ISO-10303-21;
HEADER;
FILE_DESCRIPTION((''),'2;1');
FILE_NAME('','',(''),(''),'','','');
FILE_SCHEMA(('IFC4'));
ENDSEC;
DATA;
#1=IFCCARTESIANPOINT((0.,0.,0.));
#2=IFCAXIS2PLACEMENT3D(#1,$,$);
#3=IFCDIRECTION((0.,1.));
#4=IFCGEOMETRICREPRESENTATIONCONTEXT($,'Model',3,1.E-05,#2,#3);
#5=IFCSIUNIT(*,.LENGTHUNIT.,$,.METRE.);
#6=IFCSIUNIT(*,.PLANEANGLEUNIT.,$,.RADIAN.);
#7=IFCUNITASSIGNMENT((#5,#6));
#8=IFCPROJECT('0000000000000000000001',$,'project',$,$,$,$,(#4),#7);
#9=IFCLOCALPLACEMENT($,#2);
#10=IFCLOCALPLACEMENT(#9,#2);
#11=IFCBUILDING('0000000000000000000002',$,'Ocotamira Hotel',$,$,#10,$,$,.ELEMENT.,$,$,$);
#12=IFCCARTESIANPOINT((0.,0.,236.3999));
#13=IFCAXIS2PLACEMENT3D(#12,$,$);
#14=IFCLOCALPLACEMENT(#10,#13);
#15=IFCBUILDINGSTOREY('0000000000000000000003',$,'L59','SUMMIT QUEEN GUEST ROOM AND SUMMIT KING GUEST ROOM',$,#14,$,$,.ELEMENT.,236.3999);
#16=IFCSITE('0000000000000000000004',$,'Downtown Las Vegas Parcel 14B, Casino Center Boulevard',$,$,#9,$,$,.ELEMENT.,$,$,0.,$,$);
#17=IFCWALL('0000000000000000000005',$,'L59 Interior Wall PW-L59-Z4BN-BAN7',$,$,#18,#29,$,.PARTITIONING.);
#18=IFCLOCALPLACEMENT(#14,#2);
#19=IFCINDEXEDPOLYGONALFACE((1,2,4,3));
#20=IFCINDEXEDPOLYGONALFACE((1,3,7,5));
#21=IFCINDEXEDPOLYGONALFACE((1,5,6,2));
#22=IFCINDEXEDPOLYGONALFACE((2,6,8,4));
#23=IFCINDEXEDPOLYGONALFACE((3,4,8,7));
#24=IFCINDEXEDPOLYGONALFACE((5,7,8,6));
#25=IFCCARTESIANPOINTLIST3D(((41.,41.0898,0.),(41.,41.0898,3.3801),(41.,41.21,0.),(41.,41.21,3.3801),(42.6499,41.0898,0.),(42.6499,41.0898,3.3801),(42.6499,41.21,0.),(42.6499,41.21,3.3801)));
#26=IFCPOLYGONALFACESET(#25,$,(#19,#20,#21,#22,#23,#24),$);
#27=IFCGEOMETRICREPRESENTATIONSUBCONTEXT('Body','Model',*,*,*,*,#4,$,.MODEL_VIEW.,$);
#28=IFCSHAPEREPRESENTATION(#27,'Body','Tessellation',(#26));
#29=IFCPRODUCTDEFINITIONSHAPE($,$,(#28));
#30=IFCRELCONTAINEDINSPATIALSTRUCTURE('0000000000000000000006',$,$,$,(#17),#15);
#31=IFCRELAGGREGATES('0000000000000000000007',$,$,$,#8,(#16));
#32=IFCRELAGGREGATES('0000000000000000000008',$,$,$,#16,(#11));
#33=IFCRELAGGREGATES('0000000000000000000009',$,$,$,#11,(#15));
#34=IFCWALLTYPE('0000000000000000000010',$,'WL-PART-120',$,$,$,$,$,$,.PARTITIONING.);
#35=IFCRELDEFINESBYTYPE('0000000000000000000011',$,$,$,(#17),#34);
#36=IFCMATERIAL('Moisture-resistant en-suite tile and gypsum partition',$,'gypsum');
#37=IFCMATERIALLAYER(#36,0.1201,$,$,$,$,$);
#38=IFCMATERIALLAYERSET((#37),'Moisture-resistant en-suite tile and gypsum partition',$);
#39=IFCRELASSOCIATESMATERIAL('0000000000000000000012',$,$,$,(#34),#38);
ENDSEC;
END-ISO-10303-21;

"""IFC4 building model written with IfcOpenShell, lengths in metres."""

from ifc_helpers import new_model, si_unit, direction, frame, frame_2d, origin, place, context, subcontext, project, spatial, rectangle, extrude, material, layer, layer_set, type_object, element, save


model = new_model("IFC4")

# Units and contexts
model_context = context("Model", 3, precision=1e-05, world=origin(), true_north=direction((0.0, 1.0)))
body_context = subcontext(model_context, "Body", "Model", "MODEL_VIEW")
ifc_project = project(units=[si_unit("LENGTHUNIT", "METRE"), si_unit("PLANEANGLEUNIT", "RADIAN")], contexts=[model_context])

# Site, building, storey
site_placement = place(None, origin())
site = spatial("IfcSite", under=ifc_project, at=site_placement, Name="Downtown Las Vegas Parcel 14B, Casino Center Boulevard", CompositionType="ELEMENT", RefElevation=0.0)
building_placement = place(site_placement, origin())
building = spatial("IfcBuilding", under=site, at=building_placement, Name="Ocotamira Hotel", CompositionType="ELEMENT")
storey_placement = place(building_placement, frame((0.0, 0.0, 236.3999)))
storey = spatial("IfcBuildingStorey", under=building, at=storey_placement, Name="L59", Description="SUMMIT QUEEN GUEST ROOM AND SUMMIT KING GUEST ROOM", CompositionType="ELEMENT", Elevation=236.3999)

# Wall
ifc_material_1 = material(Name="Moisture-resistant en-suite tile and gypsum partition", Category="gypsum")
ifc_layer_1 = layer(ifc_material_1, 0.1201)
ifc_layer_set_1 = layer_set([ifc_layer_1], Name="Moisture-resistant en-suite tile and gypsum partition")
wall_type = type_object("IfcWallType", Name="WL-PART-120", PredefinedType="PARTITIONING", material=ifc_layer_set_1)
for number, where, z_axis, x_axis, name in (
    (1, (41.0, 41.1499, 0.0), (0.0, 0.0, 1.0), (1.0, 0.0, 0.0), "L59 Interior Wall PW-L59-Z4BN-BAN7"),
):
    element("IfcWall", number, at=place(storey_placement, frame(where, z_axis=z_axis, x_axis=x_axis)), inside=storey, type_object=wall_type, Name=name, PredefinedType="PARTITIONING", context=body_context, shape_type="SweptSolid", body=[
        extrude(rectangle(XDim=1.6499, YDim=0.1201, at=frame_2d((0.825, 0.0))), origin(), (0.0, 0.0, 1.0), 3.3801),
    ])

save(model, "model.ifc")
